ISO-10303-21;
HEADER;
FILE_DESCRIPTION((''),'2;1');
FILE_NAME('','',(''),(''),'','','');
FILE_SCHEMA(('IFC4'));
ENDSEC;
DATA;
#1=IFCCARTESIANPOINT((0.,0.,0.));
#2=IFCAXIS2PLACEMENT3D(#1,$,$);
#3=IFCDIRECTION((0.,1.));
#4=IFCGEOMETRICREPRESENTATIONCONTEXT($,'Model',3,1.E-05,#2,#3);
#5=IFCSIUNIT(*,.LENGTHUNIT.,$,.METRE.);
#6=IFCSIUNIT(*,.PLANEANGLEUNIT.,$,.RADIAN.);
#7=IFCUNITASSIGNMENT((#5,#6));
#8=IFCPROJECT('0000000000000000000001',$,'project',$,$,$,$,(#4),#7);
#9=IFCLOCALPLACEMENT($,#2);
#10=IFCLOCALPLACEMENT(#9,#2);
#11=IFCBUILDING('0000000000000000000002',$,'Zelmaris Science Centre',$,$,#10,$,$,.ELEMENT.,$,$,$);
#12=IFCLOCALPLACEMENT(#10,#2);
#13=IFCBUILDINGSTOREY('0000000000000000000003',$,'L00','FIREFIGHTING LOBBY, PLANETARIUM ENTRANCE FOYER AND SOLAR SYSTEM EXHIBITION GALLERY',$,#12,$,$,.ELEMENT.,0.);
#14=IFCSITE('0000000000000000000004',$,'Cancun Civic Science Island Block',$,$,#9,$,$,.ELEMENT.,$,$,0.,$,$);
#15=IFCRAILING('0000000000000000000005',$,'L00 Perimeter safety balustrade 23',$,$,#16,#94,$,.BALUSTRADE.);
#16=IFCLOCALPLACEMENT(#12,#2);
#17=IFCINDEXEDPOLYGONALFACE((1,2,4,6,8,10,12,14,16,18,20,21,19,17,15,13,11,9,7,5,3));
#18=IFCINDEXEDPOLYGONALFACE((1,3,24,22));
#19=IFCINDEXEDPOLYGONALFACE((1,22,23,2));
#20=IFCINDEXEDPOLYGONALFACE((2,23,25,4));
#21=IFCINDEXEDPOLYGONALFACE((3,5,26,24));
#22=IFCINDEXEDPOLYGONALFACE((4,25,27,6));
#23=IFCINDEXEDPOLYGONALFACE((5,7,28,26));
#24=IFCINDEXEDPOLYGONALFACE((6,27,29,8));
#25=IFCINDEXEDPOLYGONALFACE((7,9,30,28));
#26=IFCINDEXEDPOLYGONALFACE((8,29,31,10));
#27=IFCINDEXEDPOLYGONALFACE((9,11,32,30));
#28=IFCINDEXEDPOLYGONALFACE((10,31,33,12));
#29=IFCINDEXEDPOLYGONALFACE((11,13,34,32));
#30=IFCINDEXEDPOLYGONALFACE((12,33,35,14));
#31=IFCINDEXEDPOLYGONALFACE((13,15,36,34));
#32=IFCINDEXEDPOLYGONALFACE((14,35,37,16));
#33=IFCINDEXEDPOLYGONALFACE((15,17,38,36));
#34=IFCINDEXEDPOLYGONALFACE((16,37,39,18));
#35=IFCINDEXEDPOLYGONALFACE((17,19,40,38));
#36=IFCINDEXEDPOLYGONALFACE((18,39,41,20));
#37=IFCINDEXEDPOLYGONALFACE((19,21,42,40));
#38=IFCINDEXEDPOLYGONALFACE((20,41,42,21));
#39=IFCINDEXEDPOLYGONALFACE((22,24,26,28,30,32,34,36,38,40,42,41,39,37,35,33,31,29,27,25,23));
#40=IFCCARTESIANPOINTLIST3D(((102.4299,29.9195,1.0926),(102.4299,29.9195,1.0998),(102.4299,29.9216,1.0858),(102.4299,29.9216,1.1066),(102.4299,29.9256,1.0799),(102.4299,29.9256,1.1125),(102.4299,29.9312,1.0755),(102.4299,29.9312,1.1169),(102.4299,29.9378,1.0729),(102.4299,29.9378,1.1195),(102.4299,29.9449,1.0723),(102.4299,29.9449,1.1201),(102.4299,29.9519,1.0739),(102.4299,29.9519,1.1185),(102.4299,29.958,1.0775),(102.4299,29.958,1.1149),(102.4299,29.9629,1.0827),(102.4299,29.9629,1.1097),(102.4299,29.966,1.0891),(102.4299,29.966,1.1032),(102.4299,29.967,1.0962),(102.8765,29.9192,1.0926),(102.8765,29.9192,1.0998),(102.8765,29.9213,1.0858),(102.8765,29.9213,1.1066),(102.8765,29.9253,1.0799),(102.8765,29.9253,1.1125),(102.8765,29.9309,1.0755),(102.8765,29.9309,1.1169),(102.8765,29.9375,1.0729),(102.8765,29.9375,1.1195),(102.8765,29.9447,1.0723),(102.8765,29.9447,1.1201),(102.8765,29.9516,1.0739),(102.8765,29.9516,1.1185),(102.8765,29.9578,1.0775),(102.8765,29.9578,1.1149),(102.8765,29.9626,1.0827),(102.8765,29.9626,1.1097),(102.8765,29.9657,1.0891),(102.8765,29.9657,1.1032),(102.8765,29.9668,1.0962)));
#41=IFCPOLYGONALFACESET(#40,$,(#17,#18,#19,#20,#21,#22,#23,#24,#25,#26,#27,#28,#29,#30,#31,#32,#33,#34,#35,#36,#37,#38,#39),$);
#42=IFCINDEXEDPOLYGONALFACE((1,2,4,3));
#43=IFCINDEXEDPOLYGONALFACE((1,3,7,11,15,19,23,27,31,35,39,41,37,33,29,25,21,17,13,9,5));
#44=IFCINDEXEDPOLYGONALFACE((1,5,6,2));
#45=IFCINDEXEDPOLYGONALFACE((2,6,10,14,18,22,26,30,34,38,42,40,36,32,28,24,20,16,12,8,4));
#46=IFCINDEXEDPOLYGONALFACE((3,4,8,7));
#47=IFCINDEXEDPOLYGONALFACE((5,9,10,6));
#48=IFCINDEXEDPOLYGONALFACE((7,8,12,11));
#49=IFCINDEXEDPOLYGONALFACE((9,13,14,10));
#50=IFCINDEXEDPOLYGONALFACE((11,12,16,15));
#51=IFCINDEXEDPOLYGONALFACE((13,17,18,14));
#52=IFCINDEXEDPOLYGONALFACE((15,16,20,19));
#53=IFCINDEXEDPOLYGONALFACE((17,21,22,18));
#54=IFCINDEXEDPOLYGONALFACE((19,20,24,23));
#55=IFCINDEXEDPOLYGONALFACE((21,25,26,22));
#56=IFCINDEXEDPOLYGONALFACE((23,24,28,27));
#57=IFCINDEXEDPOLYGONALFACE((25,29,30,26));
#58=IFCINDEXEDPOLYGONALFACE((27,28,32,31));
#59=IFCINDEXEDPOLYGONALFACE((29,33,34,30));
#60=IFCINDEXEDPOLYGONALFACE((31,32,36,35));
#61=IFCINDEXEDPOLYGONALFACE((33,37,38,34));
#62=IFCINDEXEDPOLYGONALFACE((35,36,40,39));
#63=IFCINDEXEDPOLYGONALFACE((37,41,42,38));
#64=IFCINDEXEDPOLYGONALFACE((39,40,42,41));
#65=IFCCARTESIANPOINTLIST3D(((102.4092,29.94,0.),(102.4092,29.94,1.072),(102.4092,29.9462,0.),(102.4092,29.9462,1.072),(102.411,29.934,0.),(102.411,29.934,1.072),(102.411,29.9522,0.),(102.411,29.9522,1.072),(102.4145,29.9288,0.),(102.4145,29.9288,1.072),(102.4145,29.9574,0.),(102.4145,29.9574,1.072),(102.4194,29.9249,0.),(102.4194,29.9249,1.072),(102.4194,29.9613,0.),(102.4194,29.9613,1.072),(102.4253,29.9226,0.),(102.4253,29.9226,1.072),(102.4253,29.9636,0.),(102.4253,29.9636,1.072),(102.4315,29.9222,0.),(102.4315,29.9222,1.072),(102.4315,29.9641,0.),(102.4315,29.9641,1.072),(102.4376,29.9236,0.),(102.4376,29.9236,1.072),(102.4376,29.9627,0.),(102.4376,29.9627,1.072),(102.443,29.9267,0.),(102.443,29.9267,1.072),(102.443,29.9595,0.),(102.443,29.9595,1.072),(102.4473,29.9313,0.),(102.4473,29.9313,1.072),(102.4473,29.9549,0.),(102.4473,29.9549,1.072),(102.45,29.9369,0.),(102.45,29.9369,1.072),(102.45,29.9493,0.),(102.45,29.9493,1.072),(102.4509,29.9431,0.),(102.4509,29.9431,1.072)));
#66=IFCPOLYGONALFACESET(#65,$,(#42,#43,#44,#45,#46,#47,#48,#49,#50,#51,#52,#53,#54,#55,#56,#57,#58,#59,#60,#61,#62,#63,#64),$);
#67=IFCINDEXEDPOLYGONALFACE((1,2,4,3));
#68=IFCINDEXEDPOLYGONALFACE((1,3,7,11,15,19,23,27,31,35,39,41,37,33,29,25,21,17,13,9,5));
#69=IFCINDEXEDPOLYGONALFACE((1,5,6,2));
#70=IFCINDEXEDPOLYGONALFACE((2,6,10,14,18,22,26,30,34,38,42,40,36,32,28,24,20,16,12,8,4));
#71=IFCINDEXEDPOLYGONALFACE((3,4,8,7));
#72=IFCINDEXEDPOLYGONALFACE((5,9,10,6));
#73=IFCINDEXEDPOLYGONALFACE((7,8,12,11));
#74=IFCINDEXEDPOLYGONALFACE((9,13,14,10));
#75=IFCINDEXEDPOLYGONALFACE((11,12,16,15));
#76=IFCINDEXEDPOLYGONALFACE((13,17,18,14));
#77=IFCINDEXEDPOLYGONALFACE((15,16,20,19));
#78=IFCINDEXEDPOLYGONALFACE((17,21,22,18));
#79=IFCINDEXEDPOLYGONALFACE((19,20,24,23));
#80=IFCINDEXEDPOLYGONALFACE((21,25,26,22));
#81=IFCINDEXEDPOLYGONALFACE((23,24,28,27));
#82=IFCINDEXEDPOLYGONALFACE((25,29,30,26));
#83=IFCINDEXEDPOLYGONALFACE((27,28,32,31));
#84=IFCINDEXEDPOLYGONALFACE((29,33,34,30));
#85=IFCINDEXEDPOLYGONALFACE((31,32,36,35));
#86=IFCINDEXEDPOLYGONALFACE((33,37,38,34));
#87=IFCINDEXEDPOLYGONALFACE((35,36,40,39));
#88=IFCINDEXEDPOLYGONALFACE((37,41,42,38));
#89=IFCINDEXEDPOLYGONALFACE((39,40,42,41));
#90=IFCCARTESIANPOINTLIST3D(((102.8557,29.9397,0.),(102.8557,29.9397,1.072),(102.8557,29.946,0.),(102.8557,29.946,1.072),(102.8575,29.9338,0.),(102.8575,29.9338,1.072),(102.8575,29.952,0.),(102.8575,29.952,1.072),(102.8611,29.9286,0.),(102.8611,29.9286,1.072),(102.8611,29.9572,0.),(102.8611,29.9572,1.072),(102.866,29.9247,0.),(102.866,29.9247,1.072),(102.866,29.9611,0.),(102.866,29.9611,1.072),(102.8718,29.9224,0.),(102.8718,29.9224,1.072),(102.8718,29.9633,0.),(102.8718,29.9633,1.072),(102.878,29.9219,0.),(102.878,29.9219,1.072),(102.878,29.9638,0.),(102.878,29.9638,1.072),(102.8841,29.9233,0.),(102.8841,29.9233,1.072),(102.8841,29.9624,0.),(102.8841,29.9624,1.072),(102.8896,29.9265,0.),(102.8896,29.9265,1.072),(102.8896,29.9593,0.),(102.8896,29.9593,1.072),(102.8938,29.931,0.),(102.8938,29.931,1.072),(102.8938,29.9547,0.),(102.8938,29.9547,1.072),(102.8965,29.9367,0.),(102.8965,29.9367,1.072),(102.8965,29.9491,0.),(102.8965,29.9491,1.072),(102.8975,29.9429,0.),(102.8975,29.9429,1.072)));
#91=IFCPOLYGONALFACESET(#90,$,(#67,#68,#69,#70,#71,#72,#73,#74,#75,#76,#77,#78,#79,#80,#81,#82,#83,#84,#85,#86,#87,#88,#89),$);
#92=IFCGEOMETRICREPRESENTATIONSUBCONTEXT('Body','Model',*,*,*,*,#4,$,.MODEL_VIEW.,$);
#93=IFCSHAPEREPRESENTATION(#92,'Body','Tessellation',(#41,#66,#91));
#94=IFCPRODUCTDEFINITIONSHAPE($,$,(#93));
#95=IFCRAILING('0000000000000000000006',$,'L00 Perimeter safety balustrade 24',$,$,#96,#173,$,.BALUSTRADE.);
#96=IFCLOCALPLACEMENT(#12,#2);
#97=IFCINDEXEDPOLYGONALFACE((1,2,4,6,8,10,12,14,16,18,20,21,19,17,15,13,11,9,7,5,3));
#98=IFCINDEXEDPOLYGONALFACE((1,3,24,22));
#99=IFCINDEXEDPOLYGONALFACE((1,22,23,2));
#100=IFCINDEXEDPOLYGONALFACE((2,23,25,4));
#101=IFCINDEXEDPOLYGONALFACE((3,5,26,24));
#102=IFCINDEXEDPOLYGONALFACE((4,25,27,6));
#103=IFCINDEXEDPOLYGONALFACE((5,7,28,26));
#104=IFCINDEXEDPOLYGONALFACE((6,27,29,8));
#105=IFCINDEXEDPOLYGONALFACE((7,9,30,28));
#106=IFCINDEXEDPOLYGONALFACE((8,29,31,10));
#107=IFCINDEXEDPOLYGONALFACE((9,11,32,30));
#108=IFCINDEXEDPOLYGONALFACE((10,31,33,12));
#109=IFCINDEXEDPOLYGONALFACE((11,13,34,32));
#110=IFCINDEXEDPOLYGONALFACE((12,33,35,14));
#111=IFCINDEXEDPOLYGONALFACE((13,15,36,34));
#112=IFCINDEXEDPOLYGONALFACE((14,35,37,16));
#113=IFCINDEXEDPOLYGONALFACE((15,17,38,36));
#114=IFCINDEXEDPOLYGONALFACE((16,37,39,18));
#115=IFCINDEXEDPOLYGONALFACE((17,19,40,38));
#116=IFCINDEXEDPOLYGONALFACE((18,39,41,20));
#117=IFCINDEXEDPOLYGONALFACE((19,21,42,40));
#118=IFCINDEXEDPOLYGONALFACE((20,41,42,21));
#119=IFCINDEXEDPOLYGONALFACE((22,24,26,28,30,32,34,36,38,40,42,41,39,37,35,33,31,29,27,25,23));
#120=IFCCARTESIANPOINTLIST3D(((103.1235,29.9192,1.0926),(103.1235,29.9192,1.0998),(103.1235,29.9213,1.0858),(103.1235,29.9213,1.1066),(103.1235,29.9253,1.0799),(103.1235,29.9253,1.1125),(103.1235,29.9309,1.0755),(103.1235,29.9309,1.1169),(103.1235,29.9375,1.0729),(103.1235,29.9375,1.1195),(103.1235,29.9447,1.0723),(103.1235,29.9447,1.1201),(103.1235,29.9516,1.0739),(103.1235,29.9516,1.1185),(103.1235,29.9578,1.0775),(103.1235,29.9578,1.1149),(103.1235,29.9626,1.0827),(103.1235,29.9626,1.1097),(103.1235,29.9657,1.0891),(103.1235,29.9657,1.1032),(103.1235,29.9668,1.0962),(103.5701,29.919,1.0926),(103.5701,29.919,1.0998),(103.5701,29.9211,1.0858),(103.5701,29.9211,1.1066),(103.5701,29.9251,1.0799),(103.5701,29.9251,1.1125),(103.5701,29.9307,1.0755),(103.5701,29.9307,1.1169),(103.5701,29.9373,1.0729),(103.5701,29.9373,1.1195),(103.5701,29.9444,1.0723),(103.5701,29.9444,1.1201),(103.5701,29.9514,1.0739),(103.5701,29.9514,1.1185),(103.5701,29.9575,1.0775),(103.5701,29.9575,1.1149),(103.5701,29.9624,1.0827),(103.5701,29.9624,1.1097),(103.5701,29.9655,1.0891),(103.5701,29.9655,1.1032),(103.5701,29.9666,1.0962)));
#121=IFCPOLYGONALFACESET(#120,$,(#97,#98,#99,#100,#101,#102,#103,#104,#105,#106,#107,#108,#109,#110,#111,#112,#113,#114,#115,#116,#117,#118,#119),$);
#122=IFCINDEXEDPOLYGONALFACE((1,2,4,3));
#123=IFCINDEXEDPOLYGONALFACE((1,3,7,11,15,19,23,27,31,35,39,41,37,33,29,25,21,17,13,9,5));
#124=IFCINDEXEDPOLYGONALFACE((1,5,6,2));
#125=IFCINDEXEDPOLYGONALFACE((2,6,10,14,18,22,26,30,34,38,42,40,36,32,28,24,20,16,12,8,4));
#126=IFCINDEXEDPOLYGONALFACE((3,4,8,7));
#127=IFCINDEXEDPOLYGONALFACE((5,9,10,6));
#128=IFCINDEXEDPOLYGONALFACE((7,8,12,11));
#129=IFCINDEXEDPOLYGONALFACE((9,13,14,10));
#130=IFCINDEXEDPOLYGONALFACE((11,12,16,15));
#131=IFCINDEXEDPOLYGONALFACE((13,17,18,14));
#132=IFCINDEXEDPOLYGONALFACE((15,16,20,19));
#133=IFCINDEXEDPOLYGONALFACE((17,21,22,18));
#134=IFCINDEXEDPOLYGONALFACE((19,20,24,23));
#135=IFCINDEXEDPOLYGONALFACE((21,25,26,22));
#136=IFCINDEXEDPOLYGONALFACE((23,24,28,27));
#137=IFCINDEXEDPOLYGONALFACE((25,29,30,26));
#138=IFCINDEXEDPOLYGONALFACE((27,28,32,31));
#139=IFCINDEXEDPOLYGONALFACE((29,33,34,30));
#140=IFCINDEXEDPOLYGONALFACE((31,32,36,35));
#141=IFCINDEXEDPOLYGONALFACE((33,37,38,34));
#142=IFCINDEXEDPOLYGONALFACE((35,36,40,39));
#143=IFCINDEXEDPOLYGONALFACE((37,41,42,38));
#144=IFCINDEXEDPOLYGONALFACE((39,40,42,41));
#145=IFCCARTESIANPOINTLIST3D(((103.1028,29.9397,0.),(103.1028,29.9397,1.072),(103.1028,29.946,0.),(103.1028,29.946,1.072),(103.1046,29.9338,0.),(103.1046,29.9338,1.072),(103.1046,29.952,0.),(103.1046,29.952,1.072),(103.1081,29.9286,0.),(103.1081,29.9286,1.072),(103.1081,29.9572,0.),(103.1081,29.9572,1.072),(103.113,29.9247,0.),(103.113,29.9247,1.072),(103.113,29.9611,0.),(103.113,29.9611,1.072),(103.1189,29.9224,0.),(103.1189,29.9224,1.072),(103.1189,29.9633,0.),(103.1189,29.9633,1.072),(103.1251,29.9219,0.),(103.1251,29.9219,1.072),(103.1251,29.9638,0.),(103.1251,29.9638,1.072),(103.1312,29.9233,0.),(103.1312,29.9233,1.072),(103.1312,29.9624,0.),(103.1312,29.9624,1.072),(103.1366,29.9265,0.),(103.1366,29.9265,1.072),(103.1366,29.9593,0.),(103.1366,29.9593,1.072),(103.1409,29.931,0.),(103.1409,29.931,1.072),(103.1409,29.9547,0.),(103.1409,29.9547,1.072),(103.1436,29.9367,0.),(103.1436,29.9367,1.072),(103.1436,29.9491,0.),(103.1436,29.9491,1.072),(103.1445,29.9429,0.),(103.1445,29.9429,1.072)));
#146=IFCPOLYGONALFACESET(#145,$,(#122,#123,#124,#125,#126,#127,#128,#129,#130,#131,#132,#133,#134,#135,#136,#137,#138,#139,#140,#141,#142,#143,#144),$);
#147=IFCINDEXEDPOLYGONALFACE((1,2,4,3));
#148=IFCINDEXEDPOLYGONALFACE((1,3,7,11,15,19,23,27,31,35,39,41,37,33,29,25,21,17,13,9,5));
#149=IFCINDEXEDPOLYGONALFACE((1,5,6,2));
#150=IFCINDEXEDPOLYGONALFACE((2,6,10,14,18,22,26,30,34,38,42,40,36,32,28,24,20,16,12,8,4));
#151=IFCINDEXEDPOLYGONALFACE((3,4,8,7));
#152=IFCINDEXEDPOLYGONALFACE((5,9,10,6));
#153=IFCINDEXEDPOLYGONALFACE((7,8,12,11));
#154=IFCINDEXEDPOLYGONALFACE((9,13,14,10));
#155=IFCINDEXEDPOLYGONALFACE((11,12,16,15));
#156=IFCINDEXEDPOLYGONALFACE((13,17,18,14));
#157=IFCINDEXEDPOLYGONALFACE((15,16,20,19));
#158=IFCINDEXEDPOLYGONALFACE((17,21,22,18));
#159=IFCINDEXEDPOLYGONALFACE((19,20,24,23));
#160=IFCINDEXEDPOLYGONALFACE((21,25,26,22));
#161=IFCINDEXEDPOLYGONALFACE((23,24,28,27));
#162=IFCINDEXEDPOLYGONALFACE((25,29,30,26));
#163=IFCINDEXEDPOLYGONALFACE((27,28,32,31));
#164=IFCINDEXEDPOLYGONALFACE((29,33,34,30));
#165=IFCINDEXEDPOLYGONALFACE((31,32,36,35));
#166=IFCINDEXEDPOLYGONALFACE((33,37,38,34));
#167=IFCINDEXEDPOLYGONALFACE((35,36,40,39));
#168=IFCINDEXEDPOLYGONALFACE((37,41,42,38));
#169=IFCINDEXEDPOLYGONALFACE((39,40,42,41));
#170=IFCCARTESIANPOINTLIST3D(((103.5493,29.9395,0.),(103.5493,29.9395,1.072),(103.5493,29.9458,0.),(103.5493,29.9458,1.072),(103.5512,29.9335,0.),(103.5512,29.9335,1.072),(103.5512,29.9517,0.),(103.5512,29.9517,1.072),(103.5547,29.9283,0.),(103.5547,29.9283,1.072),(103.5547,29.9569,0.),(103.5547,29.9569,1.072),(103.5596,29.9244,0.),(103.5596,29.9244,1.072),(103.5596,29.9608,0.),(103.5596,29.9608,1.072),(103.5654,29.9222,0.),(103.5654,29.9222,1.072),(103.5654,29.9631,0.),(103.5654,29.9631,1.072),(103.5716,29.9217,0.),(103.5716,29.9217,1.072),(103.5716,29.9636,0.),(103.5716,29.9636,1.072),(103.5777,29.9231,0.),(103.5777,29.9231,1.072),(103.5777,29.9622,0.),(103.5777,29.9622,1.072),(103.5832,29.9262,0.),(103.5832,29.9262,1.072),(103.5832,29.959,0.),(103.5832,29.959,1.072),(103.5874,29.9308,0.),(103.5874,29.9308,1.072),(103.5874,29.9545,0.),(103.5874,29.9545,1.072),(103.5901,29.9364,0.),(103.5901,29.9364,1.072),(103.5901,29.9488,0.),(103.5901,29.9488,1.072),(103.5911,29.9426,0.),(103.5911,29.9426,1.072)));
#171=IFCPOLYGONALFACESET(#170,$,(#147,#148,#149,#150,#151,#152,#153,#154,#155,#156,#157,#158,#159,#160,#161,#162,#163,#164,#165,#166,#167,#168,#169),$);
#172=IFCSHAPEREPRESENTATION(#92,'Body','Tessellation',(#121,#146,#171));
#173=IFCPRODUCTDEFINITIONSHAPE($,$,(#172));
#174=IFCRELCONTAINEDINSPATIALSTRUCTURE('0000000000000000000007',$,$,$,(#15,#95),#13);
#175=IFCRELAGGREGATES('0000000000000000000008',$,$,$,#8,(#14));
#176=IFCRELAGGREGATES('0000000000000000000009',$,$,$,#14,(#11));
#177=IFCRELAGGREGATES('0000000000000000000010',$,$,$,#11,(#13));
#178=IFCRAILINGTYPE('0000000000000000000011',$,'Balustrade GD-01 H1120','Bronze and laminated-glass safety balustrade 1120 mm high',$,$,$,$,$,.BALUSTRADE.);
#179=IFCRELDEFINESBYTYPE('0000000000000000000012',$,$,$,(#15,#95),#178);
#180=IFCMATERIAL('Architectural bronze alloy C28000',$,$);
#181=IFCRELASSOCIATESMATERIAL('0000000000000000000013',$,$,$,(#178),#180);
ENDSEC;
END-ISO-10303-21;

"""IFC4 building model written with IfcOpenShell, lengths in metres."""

from ifc_helpers import new_model, si_unit, direction, frame, origin, origin_2d, place, context, subcontext, project, spatial, circle, extrude, material, type_object, element, save


model = new_model("IFC4")

# Units and contexts
model_context = context("Model", 3, precision=1e-05, world=origin(), true_north=direction((0.0, 1.0)))
body_context = subcontext(model_context, "Body", "Model", "MODEL_VIEW")
ifc_project = project(units=[si_unit("LENGTHUNIT", "METRE"), si_unit("PLANEANGLEUNIT", "RADIAN")], contexts=[model_context])

# Site, building, storey
site_placement = place(None, origin())
site = spatial("IfcSite", under=ifc_project, at=site_placement, Name="Cancun Civic Science Island Block", CompositionType="ELEMENT", RefElevation=0.0)
building_placement = place(site_placement, origin())
building = spatial("IfcBuilding", under=site, at=building_placement, Name="Zelmaris Science Centre", CompositionType="ELEMENT")
storey_placement = place(building_placement, origin())
storey = spatial("IfcBuildingStorey", under=building, at=storey_placement, Name="L00", Description="FIREFIGHTING LOBBY, PLANETARIUM ENTRANCE FOYER AND SOLAR SYSTEM EXHIBITION GALLERY", CompositionType="ELEMENT", Elevation=0.0)

# Railings
ifc_material_1 = material(Name="Architectural bronze alloy C28000")
railing_type = type_object("IfcRailingType", Name="Balustrade GD-01 H1120", Description="Bronze and laminated-glass safety balustrade 1120 mm high", PredefinedType="BALUSTRADE", material=ifc_material_1)
for number, where, name in (
    (1, (102.4299, 29.9431, 0.0), "L00 Perimeter safety balustrade 23"),
    (2, (103.1235, 29.9429, 0.0), "L00 Perimeter safety balustrade 24"),
):
    element("IfcRailing", number, at=place(storey_placement, frame(where)), inside=storey, type_object=railing_type, Name=name, PredefinedType="BALUSTRADE", context=body_context, shape_type="SweptSolid", body=[
        extrude(circle(Radius=0.0239, at=origin_2d()), frame((0.0, 0.0, 1.0962), z_axis=(1.0, -0.000547, 0.0), x_axis=(0.000547, 1.0, 0.0)), (0.0, 0.0, 1.0), 0.4465),
        extrude(circle(Radius=0.021, at=origin_2d()), origin(), (0.0, 0.0, 1.0), 1.072),
        extrude(circle(Radius=0.021, at=origin_2d()), frame((0.4465, -0.0002, 0.0)), (0.0, 0.0, 1.0), 1.072),
    ])

save(model, "model.ifc")
